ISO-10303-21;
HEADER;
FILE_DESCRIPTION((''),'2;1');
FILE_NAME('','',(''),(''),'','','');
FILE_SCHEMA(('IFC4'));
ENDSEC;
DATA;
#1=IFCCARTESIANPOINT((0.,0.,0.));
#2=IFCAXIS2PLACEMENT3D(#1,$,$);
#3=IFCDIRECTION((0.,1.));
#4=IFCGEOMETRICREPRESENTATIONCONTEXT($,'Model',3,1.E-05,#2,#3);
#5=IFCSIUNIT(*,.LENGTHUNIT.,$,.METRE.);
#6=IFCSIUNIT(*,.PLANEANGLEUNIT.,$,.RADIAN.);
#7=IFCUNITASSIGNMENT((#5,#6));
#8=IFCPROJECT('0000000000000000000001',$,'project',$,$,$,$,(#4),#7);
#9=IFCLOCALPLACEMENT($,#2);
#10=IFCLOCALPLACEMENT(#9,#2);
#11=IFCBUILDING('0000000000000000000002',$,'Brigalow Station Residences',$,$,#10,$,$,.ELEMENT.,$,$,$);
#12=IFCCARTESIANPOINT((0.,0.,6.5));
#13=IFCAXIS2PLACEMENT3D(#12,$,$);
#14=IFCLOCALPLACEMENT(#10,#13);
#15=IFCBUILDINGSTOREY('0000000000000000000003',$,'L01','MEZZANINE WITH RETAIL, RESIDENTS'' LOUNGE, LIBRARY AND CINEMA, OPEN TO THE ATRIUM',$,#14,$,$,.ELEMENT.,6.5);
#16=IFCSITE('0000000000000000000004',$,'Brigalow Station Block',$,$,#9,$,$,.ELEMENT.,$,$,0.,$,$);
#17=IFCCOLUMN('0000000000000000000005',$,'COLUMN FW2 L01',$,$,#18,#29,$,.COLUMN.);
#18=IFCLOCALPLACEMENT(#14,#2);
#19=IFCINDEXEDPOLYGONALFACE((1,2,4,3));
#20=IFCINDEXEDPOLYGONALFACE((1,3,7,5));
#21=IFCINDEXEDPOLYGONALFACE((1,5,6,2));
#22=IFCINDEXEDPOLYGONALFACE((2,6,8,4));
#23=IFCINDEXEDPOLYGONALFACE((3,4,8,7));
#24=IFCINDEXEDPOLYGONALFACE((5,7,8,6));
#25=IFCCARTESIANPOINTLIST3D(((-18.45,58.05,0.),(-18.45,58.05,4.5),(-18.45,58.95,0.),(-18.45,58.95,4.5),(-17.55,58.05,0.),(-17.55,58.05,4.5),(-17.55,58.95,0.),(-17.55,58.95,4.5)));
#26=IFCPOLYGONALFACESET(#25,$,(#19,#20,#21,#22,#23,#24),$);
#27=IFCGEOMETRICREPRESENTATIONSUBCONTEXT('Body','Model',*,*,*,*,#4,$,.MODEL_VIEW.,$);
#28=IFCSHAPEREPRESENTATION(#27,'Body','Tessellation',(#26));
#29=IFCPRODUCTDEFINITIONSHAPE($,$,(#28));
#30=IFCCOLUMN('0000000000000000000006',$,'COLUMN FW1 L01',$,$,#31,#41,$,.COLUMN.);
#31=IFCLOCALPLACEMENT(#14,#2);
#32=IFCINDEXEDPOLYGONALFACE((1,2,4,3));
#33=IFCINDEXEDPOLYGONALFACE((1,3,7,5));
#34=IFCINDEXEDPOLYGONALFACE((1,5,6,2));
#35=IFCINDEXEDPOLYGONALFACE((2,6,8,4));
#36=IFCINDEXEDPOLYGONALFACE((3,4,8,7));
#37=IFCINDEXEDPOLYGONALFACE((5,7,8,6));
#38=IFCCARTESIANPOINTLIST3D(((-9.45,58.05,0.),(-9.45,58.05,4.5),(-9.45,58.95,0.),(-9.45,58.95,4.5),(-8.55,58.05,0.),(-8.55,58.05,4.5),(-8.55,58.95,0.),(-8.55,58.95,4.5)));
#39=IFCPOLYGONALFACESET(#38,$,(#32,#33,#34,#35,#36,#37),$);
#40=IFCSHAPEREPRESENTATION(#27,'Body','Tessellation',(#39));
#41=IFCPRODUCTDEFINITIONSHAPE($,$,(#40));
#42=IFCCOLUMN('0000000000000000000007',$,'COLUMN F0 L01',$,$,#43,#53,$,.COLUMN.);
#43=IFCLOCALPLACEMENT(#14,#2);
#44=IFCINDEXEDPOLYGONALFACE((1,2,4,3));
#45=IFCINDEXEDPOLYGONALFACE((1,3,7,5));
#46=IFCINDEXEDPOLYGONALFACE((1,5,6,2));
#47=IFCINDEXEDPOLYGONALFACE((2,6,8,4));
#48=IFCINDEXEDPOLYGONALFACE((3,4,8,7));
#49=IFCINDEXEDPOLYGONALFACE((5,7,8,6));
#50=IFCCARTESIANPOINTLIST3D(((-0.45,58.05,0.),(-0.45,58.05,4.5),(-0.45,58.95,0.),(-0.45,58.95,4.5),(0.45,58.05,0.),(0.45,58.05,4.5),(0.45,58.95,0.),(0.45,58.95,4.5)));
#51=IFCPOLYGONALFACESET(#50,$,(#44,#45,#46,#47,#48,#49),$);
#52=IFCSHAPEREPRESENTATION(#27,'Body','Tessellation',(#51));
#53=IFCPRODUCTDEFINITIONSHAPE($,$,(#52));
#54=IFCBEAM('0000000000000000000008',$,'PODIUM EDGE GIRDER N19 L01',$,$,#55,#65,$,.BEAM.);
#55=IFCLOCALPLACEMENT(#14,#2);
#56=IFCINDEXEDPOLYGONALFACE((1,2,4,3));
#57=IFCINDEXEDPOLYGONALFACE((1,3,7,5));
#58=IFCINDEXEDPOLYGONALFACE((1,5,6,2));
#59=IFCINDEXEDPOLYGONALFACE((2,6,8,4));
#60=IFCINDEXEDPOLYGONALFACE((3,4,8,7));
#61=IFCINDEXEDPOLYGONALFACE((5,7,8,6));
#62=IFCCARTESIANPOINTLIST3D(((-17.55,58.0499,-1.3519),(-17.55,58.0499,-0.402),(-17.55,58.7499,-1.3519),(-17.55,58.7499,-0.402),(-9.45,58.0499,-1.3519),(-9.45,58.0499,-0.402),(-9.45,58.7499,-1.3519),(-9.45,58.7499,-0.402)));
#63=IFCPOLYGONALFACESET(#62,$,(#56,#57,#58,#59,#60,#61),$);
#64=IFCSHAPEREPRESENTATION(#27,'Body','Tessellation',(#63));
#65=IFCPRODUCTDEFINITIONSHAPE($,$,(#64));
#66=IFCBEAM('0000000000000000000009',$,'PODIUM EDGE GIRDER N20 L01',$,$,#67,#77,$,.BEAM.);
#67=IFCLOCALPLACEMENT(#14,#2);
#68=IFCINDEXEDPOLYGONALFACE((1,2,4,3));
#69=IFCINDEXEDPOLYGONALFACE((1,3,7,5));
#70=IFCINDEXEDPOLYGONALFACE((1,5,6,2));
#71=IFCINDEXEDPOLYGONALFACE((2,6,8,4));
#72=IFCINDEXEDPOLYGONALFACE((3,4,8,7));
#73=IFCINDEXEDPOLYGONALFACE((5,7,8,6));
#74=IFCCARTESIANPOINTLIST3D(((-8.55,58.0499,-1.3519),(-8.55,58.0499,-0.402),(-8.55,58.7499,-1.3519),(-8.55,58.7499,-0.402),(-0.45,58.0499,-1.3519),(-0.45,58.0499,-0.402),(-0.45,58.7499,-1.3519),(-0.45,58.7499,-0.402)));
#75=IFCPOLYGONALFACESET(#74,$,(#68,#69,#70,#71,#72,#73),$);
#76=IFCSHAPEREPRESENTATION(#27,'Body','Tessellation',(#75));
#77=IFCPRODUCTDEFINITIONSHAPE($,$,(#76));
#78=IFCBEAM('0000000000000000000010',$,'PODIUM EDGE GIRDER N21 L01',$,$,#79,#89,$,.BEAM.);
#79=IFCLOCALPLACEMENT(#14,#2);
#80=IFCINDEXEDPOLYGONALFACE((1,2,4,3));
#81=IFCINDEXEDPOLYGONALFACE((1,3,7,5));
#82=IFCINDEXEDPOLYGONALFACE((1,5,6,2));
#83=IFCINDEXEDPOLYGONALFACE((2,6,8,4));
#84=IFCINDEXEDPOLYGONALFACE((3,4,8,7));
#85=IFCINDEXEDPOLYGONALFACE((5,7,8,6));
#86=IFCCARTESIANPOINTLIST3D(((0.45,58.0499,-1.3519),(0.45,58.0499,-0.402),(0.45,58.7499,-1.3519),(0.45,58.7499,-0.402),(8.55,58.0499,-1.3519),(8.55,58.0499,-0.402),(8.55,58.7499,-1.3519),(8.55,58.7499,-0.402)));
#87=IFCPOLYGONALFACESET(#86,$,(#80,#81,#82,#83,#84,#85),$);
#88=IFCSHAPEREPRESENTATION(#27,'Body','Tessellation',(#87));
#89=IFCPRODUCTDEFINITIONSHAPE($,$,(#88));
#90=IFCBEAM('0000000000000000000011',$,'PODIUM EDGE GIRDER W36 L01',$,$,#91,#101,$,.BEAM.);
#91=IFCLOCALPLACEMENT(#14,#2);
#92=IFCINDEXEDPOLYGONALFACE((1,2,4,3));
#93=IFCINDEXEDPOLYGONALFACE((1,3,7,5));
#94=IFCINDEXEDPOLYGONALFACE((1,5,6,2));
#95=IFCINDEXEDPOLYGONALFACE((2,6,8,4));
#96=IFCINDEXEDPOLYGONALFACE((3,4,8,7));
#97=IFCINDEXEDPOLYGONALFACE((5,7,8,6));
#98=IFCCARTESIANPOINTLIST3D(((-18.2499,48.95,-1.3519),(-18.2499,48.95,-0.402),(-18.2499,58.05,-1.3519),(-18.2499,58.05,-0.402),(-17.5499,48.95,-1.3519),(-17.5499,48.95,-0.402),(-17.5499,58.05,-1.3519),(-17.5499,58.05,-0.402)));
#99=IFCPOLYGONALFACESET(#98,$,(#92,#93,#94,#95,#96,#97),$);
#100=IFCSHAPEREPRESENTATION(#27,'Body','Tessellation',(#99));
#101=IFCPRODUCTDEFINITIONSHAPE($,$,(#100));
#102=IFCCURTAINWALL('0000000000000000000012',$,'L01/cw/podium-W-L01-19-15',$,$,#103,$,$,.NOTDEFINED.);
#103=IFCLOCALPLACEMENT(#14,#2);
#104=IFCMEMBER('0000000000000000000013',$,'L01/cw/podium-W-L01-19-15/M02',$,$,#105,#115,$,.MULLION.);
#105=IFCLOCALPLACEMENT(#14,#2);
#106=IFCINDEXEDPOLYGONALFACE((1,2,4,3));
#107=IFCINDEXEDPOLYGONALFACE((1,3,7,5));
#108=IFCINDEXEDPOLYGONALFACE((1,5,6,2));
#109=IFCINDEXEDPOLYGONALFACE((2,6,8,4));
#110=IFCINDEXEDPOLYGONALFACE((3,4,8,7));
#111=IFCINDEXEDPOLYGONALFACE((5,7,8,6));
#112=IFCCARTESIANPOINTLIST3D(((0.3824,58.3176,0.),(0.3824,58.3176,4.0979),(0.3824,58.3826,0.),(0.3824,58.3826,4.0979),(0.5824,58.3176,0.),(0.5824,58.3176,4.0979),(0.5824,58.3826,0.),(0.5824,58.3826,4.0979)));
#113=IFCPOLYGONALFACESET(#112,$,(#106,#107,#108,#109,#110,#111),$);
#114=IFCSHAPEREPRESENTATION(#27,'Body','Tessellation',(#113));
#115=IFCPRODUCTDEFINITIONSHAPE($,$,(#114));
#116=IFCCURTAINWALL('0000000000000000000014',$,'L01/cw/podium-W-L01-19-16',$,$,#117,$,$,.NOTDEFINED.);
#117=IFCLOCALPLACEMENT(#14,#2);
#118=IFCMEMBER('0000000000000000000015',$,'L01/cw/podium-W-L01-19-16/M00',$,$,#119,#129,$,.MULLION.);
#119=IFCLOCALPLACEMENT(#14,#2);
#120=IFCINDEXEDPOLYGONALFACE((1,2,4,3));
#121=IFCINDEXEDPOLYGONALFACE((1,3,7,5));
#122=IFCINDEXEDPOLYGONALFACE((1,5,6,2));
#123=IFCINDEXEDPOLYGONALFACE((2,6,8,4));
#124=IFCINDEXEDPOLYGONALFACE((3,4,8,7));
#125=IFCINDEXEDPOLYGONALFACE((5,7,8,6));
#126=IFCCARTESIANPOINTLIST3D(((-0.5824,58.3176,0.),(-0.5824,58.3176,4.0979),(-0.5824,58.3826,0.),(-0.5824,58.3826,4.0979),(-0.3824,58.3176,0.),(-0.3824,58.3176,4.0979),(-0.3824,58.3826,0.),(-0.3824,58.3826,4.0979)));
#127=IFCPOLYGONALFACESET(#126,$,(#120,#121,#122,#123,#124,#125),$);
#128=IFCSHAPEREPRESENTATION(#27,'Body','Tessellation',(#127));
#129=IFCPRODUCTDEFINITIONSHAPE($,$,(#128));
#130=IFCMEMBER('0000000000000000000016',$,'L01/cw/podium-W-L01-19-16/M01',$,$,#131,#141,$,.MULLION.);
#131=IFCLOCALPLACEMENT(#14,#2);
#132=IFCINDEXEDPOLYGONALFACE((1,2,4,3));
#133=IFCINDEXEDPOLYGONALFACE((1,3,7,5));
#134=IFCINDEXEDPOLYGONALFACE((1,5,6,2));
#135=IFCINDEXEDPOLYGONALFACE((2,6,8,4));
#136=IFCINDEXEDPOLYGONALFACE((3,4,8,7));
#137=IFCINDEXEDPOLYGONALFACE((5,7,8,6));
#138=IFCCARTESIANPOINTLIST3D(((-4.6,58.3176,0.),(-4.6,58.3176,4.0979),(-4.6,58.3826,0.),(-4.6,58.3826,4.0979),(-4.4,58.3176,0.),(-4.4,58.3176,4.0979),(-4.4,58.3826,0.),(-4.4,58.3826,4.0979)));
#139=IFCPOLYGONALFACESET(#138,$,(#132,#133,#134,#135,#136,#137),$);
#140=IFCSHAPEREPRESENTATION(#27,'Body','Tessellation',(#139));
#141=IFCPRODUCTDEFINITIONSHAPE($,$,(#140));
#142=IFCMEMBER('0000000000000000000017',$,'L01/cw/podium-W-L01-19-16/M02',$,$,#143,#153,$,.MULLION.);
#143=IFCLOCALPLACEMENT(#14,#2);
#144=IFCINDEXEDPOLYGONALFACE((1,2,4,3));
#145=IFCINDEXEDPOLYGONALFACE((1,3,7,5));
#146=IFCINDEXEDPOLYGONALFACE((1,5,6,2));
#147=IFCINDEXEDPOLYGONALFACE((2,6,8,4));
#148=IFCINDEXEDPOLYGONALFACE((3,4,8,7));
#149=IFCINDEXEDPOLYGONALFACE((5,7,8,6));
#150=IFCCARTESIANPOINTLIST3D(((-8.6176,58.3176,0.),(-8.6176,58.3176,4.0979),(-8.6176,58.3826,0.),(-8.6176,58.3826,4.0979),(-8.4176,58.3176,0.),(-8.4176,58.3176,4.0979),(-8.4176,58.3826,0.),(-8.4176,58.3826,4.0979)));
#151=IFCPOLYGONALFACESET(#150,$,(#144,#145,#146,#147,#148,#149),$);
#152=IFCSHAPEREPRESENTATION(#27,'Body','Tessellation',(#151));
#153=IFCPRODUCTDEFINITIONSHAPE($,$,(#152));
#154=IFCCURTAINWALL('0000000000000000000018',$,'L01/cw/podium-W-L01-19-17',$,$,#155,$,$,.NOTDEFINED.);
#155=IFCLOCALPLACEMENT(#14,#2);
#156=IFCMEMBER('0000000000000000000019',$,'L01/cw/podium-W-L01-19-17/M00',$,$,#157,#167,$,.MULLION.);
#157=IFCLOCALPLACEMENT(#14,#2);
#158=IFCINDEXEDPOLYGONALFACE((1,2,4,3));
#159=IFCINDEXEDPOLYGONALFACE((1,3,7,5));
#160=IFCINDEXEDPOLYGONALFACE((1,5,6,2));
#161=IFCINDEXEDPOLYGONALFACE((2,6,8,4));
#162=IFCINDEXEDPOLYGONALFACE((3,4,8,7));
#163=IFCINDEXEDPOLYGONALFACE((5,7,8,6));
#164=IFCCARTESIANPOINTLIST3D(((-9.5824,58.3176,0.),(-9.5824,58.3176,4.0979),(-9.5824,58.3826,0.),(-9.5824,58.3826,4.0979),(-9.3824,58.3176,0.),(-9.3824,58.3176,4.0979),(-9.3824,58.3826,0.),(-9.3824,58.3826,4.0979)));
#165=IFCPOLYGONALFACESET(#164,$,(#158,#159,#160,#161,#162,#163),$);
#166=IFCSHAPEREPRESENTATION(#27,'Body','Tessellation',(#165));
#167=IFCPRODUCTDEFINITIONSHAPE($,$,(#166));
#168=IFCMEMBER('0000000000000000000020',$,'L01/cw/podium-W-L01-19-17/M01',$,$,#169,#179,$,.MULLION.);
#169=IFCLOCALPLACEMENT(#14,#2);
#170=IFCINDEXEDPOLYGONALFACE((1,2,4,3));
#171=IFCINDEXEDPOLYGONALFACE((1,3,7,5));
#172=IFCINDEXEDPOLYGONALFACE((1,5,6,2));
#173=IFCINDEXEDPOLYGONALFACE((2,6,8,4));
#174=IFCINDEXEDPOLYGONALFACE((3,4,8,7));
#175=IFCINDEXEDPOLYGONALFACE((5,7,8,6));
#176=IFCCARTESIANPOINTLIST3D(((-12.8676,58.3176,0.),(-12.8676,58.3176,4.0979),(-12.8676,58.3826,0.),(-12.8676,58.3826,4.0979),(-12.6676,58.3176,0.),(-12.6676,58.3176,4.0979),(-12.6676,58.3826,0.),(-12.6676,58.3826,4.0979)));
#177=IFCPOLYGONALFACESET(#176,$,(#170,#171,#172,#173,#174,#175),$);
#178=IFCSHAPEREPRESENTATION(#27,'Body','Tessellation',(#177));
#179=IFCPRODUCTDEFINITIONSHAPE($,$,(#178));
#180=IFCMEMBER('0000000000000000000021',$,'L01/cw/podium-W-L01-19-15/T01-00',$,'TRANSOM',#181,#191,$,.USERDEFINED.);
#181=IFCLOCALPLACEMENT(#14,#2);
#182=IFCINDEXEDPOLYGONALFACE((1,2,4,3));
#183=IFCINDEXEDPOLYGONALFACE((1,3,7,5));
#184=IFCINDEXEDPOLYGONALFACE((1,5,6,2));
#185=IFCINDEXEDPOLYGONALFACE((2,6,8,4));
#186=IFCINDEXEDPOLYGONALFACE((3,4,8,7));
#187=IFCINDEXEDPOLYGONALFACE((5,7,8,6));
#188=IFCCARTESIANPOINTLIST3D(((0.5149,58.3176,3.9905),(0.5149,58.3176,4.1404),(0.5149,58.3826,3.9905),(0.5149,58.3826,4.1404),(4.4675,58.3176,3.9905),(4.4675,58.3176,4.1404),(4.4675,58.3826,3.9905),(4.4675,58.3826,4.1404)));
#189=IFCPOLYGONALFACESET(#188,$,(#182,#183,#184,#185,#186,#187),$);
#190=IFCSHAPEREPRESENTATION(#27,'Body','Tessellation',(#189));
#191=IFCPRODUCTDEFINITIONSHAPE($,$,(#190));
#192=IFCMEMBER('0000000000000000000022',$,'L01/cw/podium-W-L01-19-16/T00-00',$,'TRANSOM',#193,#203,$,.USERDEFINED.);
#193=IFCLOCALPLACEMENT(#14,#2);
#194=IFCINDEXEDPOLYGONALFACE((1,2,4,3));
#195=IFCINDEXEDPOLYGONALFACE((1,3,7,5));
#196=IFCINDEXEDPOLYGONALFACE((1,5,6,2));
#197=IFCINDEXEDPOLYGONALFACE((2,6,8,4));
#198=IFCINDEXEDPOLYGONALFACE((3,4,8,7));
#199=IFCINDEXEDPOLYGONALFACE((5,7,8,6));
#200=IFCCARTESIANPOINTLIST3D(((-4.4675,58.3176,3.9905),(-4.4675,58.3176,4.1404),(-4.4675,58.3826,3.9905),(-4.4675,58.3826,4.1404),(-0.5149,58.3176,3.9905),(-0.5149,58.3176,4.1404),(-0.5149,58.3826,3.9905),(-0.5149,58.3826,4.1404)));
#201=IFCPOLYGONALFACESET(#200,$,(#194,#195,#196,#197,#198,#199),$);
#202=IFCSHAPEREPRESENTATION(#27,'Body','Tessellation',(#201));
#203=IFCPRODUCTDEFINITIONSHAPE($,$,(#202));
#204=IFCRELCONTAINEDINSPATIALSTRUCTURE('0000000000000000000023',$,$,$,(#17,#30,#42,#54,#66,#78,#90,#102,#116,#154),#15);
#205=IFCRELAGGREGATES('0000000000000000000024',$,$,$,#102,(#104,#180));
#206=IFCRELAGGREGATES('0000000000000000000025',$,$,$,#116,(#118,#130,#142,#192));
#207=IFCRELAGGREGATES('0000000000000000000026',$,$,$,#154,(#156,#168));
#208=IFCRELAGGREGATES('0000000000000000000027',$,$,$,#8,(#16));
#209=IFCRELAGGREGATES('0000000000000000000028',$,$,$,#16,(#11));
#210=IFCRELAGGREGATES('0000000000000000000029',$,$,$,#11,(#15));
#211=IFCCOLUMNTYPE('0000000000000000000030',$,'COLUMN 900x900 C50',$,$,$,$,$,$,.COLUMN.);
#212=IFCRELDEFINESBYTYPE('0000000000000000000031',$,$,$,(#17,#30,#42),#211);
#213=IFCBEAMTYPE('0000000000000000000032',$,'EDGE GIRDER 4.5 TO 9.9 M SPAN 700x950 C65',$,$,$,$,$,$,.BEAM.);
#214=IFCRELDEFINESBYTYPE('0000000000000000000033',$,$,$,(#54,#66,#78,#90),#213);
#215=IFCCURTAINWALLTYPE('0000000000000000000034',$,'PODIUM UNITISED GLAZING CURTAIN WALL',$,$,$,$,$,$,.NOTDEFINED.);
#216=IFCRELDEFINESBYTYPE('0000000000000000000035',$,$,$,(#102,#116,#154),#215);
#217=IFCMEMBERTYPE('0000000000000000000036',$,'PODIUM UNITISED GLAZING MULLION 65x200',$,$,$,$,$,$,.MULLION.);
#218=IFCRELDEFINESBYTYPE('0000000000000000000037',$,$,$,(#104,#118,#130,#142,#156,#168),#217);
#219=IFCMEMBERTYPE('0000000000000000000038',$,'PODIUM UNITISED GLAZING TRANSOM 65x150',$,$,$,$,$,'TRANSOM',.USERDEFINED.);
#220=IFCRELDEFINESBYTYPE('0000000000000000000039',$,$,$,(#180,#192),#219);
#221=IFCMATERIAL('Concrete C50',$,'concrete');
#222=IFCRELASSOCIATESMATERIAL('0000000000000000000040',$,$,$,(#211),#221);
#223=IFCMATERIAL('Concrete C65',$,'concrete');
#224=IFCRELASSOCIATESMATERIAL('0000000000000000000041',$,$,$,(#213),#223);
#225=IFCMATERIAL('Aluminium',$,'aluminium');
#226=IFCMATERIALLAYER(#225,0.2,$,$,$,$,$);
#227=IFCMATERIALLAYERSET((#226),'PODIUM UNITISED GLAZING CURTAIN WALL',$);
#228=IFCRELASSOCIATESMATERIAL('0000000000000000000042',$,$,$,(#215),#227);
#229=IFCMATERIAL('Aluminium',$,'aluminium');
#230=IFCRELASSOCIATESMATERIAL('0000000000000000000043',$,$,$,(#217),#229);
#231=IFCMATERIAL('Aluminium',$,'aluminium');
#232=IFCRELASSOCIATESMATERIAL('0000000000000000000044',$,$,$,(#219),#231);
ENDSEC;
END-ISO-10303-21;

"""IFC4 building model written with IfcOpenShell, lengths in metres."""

from ifc_helpers import new_model, si_unit, direction, frame, origin, origin_2d, place, context, subcontext, project, spatial, rectangle, extrude, material, layer, layer_set, material_profile, profile_set, type_object, element, aggregate, save


model = new_model("IFC4")

# Units and contexts
model_context = context("Model", 3, precision=1e-05, world=origin(), true_north=direction((0.0, 1.0)))
body_context = subcontext(model_context, "Body", "Model", "MODEL_VIEW")
ifc_project = project(units=[si_unit("LENGTHUNIT", "METRE"), si_unit("PLANEANGLEUNIT", "RADIAN")], contexts=[model_context])

# Site, building, storey
site_placement = place(None, origin())
site = spatial("IfcSite", under=ifc_project, at=site_placement, Name="Brigalow Station Block", CompositionType="ELEMENT", RefElevation=0.0)
building_placement = place(site_placement, origin())
building = spatial("IfcBuilding", under=site, at=building_placement, Name="Brigalow Station Residences", CompositionType="ELEMENT")
storey_placement = place(building_placement, frame((0.0, 0.0, 6.5)))
storey = spatial("IfcBuildingStorey", under=building, at=storey_placement, Name="L01", Description="MEZZANINE WITH RETAIL, RESIDENTS' LOUNGE, LIBRARY AND CINEMA, OPEN TO THE ATRIUM", CompositionType="ELEMENT", Elevation=6.5)

# Columns
ifc_material_1 = material(Name="Concrete C50", Category="concrete")
ifc_material_profile_1 = material_profile(ifc_material_1, rectangle(XDim=0.8999, YDim=0.8999, at=origin_2d()), Name="RC900x900")
ifc_profile_set_1 = profile_set([ifc_material_profile_1], Name="Concrete C50")
column_type = type_object("IfcColumnType", Name="COLUMN 900x900 C50", PredefinedType="COLUMN", material=ifc_profile_set_1)
for number, where, z_axis, x_axis, name in (
    (1, (-18.0, 58.5, 0.0), (0.0, 0.0, 1.0), (1.0, 0.0, 0.0), "COLUMN FW2 L01"),
    (2, (-9.0, 58.5, 0.0), (0.0, 0.0, 1.0), (1.0, 0.0, 0.0), "COLUMN FW1 L01"),
    (3, (0.0, 58.5, 0.0), (0.0, 0.0, 1.0), (1.0, 0.0, 0.0), "COLUMN F0 L01"),
):
    element("IfcColumn", number, at=place(storey_placement, frame(where, z_axis=z_axis, x_axis=x_axis)), inside=storey, type_object=column_type, Name=name, PredefinedType="COLUMN", context=body_context, shape_type="SweptSolid", body=[
        extrude(rectangle(XDim=0.8999, YDim=0.8999, at=origin_2d()), origin(), (0.0, 0.0, 1.0), 4.5),
    ])

# Beams
ifc_material_2 = material(Name="Concrete C65", Category="concrete")
ifc_material_profile_2 = material_profile(ifc_material_2, rectangle(XDim=0.7, YDim=0.95, at=origin_2d()), Name="RC700x950")
ifc_profile_set_2 = profile_set([ifc_material_profile_2], Name="Concrete C65")
beam_type = type_object("IfcBeamType", Name="EDGE GIRDER 4.5 TO 9.9 M SPAN 700x950 C65", PredefinedType="BEAM", material=ifc_profile_set_2)
for number, where, z_axis, x_axis, name in (
    (4, (-17.55, 58.3999, -0.877), (1.0, 0.0, 0.0), (0.0, 1.0, 0.0), "PODIUM EDGE GIRDER N19 L01"),
    (5, (-8.55, 58.3999, -0.877), (1.0, 0.0, 0.0), (0.0, 1.0, 0.0), "PODIUM EDGE GIRDER N20 L01"),
    (6, (0.45, 58.3999, -0.877), (1.0, 0.0, 0.0), (0.0, 1.0, 0.0), "PODIUM EDGE GIRDER N21 L01"),
):
    element("IfcBeam", number, at=place(storey_placement, frame(where, z_axis=z_axis, x_axis=x_axis)), inside=storey, type_object=beam_type, Name=name, PredefinedType="BEAM", context=body_context, shape_type="SweptSolid", body=[
        extrude(rectangle(XDim=0.7, YDim=0.95, at=origin_2d()), origin(), (0.0, 0.0, 1.0), 8.1001),
    ])
beam_placement = place(storey_placement, frame((-17.8999, 48.95, -0.877), z_axis=(0.0, 1.0, 0.0), x_axis=(-1.0, 0.0, 0.0)))
element("IfcBeam", 7, at=beam_placement, inside=storey, type_object=beam_type, Name="PODIUM EDGE GIRDER W36 L01", PredefinedType="BEAM", context=body_context, shape_type="SweptSolid", body=[
    extrude(rectangle(XDim=0.7, YDim=0.95, at=origin_2d()), origin(), (0.0, 0.0, 1.0), 9.1001),
])

# Curtain wall, member
ifc_material_3 = material(Name="Aluminium", Category="aluminium")
ifc_layer_1 = layer(ifc_material_3, 0.2)
ifc_layer_set_1 = layer_set([ifc_layer_1], Name="PODIUM UNITISED GLAZING CURTAIN WALL")
curtain_wall_type = type_object("IfcCurtainWallType", Name="PODIUM UNITISED GLAZING CURTAIN WALL", PredefinedType="NOTDEFINED", material=ifc_layer_set_1)
curtain_wall_1_placement = place(storey_placement, origin())
curtain_wall_1 = element("IfcCurtainWall", 8, at=curtain_wall_1_placement, inside=storey, type_object=curtain_wall_type, Name="L01/cw/podium-W-L01-19-15", PredefinedType="NOTDEFINED")
ifc_material_4 = material(Name="Aluminium", Category="aluminium")
ifc_material_profile_3 = material_profile(ifc_material_4, rectangle(XDim=0.0649, YDim=0.2, at=origin_2d()), Name="PODIUM UNITISED GLAZING MULLION 65x200")
ifc_profile_set_3 = profile_set([ifc_material_profile_3], Name="Aluminium")
member_type_1 = type_object("IfcMemberType", Name="PODIUM UNITISED GLAZING MULLION 65x200", PredefinedType="MULLION", material=ifc_profile_set_3)
member_1_placement = place(storey_placement, frame((0.4824, 58.3501, 0.0), z_axis=(0.0, 0.0, 1.0), x_axis=(0.0, -1.0, 0.0)))
member_1 = element("IfcMember", 9, at=member_1_placement, type_object=member_type_1, Name="L01/cw/podium-W-L01-19-15/M02", PredefinedType="MULLION", context=body_context, shape_type="SweptSolid", body=[
    extrude(rectangle(XDim=0.0649, YDim=0.2, at=origin_2d()), origin(), (0.0, 0.0, 1.0), 4.0979),
])

# Curtain walls, members
curtain_wall_2_placement = place(storey_placement, origin())
curtain_wall_2 = element("IfcCurtainWall", 10, at=curtain_wall_2_placement, inside=storey, type_object=curtain_wall_type, Name="L01/cw/podium-W-L01-19-16", PredefinedType="NOTDEFINED")
member_2_placement = place(storey_placement, frame((-0.4824, 58.3501, 0.0), z_axis=(0.0, 0.0, 1.0), x_axis=(0.0, -1.0, 0.0)))
member_2 = element("IfcMember", 11, at=member_2_placement, type_object=member_type_1, Name="L01/cw/podium-W-L01-19-16/M00", PredefinedType="MULLION", context=body_context, shape_type="SweptSolid", body=[
    extrude(rectangle(XDim=0.0649, YDim=0.2, at=origin_2d()), origin(), (0.0, 0.0, 1.0), 4.0979),
])
member_3_placement = place(storey_placement, frame((-4.5, 58.3501, 0.0), z_axis=(0.0, 0.0, 1.0), x_axis=(0.0, -1.0, 0.0)))
member_3 = element("IfcMember", 12, at=member_3_placement, type_object=member_type_1, Name="L01/cw/podium-W-L01-19-16/M01", PredefinedType="MULLION", context=body_context, shape_type="SweptSolid", body=[
    extrude(rectangle(XDim=0.0649, YDim=0.2, at=origin_2d()), origin(), (0.0, 0.0, 1.0), 4.0979),
])
member_4_placement = place(storey_placement, frame((-8.5176, 58.3501, 0.0), z_axis=(0.0, 0.0, 1.0), x_axis=(0.0, -1.0, 0.0)))
member_4 = element("IfcMember", 13, at=member_4_placement, type_object=member_type_1, Name="L01/cw/podium-W-L01-19-16/M02", PredefinedType="MULLION", context=body_context, shape_type="SweptSolid", body=[
    extrude(rectangle(XDim=0.0649, YDim=0.2, at=origin_2d()), origin(), (0.0, 0.0, 1.0), 4.0979),
])
curtain_wall_3_placement = place(storey_placement, origin())
curtain_wall_3 = element("IfcCurtainWall", 14, at=curtain_wall_3_placement, inside=storey, type_object=curtain_wall_type, Name="L01/cw/podium-W-L01-19-17", PredefinedType="NOTDEFINED")
member_5_placement = place(storey_placement, frame((-9.4824, 58.3501, 0.0), z_axis=(0.0, 0.0, 1.0), x_axis=(0.0, -1.0, 0.0)))
member_5 = element("IfcMember", 15, at=member_5_placement, type_object=member_type_1, Name="L01/cw/podium-W-L01-19-17/M00", PredefinedType="MULLION", context=body_context, shape_type="SweptSolid", body=[
    extrude(rectangle(XDim=0.0649, YDim=0.2, at=origin_2d()), origin(), (0.0, 0.0, 1.0), 4.0979),
])
member_6_placement = place(storey_placement, frame((-12.7676, 58.3501, 0.0), z_axis=(0.0, 0.0, 1.0), x_axis=(0.0, -1.0, 0.0)))
member_6 = element("IfcMember", 16, at=member_6_placement, type_object=member_type_1, Name="L01/cw/podium-W-L01-19-17/M01", PredefinedType="MULLION", context=body_context, shape_type="SweptSolid", body=[
    extrude(rectangle(XDim=0.0649, YDim=0.2, at=origin_2d()), origin(), (0.0, 0.0, 1.0), 4.0979),
])

# Members
ifc_material_5 = material(Name="Aluminium", Category="aluminium")
ifc_material_profile_4 = material_profile(ifc_material_5, rectangle(XDim=0.0649, YDim=0.1499, at=origin_2d()), Name="PODIUM UNITISED GLAZING TRANSOM 65x150")
ifc_profile_set_4 = profile_set([ifc_material_profile_4], Name="Aluminium")
member_type_2 = type_object("IfcMemberType", Name="PODIUM UNITISED GLAZING TRANSOM 65x150", ElementType="TRANSOM", PredefinedType="USERDEFINED", material=ifc_profile_set_4)
member_7_placement = place(storey_placement, frame((4.4675, 58.3501, 4.0654), z_axis=(-1.0, 0.0, 0.0), x_axis=(0.0, -1.0, 0.0)))
member_7 = element("IfcMember", 17, at=member_7_placement, type_object=member_type_2, Name="L01/cw/podium-W-L01-19-15/T01-00", ObjectType="TRANSOM", PredefinedType="USERDEFINED", context=body_context, shape_type="SweptSolid", body=[
    extrude(rectangle(XDim=0.0649, YDim=0.1499, at=origin_2d()), origin(), (0.0, 0.0, 1.0), 3.9526),
])
member_8_placement = place(storey_placement, frame((-0.5149, 58.3501, 4.0654), z_axis=(-1.0, 0.0, 0.0), x_axis=(0.0, -1.0, 0.0)))
member_8 = element("IfcMember", 18, at=member_8_placement, type_object=member_type_2, Name="L01/cw/podium-W-L01-19-16/T00-00", ObjectType="TRANSOM", PredefinedType="USERDEFINED", context=body_context, shape_type="SweptSolid", body=[
    extrude(rectangle(XDim=0.0649, YDim=0.1499, at=origin_2d()), origin(), (0.0, 0.0, 1.0), 3.9526),
])

aggregate(curtain_wall_1, [member_1, member_7])
aggregate(curtain_wall_2, [member_2, member_3, member_4, member_8])
aggregate(curtain_wall_3, [member_5, member_6])

save(model, "model.ifc")
